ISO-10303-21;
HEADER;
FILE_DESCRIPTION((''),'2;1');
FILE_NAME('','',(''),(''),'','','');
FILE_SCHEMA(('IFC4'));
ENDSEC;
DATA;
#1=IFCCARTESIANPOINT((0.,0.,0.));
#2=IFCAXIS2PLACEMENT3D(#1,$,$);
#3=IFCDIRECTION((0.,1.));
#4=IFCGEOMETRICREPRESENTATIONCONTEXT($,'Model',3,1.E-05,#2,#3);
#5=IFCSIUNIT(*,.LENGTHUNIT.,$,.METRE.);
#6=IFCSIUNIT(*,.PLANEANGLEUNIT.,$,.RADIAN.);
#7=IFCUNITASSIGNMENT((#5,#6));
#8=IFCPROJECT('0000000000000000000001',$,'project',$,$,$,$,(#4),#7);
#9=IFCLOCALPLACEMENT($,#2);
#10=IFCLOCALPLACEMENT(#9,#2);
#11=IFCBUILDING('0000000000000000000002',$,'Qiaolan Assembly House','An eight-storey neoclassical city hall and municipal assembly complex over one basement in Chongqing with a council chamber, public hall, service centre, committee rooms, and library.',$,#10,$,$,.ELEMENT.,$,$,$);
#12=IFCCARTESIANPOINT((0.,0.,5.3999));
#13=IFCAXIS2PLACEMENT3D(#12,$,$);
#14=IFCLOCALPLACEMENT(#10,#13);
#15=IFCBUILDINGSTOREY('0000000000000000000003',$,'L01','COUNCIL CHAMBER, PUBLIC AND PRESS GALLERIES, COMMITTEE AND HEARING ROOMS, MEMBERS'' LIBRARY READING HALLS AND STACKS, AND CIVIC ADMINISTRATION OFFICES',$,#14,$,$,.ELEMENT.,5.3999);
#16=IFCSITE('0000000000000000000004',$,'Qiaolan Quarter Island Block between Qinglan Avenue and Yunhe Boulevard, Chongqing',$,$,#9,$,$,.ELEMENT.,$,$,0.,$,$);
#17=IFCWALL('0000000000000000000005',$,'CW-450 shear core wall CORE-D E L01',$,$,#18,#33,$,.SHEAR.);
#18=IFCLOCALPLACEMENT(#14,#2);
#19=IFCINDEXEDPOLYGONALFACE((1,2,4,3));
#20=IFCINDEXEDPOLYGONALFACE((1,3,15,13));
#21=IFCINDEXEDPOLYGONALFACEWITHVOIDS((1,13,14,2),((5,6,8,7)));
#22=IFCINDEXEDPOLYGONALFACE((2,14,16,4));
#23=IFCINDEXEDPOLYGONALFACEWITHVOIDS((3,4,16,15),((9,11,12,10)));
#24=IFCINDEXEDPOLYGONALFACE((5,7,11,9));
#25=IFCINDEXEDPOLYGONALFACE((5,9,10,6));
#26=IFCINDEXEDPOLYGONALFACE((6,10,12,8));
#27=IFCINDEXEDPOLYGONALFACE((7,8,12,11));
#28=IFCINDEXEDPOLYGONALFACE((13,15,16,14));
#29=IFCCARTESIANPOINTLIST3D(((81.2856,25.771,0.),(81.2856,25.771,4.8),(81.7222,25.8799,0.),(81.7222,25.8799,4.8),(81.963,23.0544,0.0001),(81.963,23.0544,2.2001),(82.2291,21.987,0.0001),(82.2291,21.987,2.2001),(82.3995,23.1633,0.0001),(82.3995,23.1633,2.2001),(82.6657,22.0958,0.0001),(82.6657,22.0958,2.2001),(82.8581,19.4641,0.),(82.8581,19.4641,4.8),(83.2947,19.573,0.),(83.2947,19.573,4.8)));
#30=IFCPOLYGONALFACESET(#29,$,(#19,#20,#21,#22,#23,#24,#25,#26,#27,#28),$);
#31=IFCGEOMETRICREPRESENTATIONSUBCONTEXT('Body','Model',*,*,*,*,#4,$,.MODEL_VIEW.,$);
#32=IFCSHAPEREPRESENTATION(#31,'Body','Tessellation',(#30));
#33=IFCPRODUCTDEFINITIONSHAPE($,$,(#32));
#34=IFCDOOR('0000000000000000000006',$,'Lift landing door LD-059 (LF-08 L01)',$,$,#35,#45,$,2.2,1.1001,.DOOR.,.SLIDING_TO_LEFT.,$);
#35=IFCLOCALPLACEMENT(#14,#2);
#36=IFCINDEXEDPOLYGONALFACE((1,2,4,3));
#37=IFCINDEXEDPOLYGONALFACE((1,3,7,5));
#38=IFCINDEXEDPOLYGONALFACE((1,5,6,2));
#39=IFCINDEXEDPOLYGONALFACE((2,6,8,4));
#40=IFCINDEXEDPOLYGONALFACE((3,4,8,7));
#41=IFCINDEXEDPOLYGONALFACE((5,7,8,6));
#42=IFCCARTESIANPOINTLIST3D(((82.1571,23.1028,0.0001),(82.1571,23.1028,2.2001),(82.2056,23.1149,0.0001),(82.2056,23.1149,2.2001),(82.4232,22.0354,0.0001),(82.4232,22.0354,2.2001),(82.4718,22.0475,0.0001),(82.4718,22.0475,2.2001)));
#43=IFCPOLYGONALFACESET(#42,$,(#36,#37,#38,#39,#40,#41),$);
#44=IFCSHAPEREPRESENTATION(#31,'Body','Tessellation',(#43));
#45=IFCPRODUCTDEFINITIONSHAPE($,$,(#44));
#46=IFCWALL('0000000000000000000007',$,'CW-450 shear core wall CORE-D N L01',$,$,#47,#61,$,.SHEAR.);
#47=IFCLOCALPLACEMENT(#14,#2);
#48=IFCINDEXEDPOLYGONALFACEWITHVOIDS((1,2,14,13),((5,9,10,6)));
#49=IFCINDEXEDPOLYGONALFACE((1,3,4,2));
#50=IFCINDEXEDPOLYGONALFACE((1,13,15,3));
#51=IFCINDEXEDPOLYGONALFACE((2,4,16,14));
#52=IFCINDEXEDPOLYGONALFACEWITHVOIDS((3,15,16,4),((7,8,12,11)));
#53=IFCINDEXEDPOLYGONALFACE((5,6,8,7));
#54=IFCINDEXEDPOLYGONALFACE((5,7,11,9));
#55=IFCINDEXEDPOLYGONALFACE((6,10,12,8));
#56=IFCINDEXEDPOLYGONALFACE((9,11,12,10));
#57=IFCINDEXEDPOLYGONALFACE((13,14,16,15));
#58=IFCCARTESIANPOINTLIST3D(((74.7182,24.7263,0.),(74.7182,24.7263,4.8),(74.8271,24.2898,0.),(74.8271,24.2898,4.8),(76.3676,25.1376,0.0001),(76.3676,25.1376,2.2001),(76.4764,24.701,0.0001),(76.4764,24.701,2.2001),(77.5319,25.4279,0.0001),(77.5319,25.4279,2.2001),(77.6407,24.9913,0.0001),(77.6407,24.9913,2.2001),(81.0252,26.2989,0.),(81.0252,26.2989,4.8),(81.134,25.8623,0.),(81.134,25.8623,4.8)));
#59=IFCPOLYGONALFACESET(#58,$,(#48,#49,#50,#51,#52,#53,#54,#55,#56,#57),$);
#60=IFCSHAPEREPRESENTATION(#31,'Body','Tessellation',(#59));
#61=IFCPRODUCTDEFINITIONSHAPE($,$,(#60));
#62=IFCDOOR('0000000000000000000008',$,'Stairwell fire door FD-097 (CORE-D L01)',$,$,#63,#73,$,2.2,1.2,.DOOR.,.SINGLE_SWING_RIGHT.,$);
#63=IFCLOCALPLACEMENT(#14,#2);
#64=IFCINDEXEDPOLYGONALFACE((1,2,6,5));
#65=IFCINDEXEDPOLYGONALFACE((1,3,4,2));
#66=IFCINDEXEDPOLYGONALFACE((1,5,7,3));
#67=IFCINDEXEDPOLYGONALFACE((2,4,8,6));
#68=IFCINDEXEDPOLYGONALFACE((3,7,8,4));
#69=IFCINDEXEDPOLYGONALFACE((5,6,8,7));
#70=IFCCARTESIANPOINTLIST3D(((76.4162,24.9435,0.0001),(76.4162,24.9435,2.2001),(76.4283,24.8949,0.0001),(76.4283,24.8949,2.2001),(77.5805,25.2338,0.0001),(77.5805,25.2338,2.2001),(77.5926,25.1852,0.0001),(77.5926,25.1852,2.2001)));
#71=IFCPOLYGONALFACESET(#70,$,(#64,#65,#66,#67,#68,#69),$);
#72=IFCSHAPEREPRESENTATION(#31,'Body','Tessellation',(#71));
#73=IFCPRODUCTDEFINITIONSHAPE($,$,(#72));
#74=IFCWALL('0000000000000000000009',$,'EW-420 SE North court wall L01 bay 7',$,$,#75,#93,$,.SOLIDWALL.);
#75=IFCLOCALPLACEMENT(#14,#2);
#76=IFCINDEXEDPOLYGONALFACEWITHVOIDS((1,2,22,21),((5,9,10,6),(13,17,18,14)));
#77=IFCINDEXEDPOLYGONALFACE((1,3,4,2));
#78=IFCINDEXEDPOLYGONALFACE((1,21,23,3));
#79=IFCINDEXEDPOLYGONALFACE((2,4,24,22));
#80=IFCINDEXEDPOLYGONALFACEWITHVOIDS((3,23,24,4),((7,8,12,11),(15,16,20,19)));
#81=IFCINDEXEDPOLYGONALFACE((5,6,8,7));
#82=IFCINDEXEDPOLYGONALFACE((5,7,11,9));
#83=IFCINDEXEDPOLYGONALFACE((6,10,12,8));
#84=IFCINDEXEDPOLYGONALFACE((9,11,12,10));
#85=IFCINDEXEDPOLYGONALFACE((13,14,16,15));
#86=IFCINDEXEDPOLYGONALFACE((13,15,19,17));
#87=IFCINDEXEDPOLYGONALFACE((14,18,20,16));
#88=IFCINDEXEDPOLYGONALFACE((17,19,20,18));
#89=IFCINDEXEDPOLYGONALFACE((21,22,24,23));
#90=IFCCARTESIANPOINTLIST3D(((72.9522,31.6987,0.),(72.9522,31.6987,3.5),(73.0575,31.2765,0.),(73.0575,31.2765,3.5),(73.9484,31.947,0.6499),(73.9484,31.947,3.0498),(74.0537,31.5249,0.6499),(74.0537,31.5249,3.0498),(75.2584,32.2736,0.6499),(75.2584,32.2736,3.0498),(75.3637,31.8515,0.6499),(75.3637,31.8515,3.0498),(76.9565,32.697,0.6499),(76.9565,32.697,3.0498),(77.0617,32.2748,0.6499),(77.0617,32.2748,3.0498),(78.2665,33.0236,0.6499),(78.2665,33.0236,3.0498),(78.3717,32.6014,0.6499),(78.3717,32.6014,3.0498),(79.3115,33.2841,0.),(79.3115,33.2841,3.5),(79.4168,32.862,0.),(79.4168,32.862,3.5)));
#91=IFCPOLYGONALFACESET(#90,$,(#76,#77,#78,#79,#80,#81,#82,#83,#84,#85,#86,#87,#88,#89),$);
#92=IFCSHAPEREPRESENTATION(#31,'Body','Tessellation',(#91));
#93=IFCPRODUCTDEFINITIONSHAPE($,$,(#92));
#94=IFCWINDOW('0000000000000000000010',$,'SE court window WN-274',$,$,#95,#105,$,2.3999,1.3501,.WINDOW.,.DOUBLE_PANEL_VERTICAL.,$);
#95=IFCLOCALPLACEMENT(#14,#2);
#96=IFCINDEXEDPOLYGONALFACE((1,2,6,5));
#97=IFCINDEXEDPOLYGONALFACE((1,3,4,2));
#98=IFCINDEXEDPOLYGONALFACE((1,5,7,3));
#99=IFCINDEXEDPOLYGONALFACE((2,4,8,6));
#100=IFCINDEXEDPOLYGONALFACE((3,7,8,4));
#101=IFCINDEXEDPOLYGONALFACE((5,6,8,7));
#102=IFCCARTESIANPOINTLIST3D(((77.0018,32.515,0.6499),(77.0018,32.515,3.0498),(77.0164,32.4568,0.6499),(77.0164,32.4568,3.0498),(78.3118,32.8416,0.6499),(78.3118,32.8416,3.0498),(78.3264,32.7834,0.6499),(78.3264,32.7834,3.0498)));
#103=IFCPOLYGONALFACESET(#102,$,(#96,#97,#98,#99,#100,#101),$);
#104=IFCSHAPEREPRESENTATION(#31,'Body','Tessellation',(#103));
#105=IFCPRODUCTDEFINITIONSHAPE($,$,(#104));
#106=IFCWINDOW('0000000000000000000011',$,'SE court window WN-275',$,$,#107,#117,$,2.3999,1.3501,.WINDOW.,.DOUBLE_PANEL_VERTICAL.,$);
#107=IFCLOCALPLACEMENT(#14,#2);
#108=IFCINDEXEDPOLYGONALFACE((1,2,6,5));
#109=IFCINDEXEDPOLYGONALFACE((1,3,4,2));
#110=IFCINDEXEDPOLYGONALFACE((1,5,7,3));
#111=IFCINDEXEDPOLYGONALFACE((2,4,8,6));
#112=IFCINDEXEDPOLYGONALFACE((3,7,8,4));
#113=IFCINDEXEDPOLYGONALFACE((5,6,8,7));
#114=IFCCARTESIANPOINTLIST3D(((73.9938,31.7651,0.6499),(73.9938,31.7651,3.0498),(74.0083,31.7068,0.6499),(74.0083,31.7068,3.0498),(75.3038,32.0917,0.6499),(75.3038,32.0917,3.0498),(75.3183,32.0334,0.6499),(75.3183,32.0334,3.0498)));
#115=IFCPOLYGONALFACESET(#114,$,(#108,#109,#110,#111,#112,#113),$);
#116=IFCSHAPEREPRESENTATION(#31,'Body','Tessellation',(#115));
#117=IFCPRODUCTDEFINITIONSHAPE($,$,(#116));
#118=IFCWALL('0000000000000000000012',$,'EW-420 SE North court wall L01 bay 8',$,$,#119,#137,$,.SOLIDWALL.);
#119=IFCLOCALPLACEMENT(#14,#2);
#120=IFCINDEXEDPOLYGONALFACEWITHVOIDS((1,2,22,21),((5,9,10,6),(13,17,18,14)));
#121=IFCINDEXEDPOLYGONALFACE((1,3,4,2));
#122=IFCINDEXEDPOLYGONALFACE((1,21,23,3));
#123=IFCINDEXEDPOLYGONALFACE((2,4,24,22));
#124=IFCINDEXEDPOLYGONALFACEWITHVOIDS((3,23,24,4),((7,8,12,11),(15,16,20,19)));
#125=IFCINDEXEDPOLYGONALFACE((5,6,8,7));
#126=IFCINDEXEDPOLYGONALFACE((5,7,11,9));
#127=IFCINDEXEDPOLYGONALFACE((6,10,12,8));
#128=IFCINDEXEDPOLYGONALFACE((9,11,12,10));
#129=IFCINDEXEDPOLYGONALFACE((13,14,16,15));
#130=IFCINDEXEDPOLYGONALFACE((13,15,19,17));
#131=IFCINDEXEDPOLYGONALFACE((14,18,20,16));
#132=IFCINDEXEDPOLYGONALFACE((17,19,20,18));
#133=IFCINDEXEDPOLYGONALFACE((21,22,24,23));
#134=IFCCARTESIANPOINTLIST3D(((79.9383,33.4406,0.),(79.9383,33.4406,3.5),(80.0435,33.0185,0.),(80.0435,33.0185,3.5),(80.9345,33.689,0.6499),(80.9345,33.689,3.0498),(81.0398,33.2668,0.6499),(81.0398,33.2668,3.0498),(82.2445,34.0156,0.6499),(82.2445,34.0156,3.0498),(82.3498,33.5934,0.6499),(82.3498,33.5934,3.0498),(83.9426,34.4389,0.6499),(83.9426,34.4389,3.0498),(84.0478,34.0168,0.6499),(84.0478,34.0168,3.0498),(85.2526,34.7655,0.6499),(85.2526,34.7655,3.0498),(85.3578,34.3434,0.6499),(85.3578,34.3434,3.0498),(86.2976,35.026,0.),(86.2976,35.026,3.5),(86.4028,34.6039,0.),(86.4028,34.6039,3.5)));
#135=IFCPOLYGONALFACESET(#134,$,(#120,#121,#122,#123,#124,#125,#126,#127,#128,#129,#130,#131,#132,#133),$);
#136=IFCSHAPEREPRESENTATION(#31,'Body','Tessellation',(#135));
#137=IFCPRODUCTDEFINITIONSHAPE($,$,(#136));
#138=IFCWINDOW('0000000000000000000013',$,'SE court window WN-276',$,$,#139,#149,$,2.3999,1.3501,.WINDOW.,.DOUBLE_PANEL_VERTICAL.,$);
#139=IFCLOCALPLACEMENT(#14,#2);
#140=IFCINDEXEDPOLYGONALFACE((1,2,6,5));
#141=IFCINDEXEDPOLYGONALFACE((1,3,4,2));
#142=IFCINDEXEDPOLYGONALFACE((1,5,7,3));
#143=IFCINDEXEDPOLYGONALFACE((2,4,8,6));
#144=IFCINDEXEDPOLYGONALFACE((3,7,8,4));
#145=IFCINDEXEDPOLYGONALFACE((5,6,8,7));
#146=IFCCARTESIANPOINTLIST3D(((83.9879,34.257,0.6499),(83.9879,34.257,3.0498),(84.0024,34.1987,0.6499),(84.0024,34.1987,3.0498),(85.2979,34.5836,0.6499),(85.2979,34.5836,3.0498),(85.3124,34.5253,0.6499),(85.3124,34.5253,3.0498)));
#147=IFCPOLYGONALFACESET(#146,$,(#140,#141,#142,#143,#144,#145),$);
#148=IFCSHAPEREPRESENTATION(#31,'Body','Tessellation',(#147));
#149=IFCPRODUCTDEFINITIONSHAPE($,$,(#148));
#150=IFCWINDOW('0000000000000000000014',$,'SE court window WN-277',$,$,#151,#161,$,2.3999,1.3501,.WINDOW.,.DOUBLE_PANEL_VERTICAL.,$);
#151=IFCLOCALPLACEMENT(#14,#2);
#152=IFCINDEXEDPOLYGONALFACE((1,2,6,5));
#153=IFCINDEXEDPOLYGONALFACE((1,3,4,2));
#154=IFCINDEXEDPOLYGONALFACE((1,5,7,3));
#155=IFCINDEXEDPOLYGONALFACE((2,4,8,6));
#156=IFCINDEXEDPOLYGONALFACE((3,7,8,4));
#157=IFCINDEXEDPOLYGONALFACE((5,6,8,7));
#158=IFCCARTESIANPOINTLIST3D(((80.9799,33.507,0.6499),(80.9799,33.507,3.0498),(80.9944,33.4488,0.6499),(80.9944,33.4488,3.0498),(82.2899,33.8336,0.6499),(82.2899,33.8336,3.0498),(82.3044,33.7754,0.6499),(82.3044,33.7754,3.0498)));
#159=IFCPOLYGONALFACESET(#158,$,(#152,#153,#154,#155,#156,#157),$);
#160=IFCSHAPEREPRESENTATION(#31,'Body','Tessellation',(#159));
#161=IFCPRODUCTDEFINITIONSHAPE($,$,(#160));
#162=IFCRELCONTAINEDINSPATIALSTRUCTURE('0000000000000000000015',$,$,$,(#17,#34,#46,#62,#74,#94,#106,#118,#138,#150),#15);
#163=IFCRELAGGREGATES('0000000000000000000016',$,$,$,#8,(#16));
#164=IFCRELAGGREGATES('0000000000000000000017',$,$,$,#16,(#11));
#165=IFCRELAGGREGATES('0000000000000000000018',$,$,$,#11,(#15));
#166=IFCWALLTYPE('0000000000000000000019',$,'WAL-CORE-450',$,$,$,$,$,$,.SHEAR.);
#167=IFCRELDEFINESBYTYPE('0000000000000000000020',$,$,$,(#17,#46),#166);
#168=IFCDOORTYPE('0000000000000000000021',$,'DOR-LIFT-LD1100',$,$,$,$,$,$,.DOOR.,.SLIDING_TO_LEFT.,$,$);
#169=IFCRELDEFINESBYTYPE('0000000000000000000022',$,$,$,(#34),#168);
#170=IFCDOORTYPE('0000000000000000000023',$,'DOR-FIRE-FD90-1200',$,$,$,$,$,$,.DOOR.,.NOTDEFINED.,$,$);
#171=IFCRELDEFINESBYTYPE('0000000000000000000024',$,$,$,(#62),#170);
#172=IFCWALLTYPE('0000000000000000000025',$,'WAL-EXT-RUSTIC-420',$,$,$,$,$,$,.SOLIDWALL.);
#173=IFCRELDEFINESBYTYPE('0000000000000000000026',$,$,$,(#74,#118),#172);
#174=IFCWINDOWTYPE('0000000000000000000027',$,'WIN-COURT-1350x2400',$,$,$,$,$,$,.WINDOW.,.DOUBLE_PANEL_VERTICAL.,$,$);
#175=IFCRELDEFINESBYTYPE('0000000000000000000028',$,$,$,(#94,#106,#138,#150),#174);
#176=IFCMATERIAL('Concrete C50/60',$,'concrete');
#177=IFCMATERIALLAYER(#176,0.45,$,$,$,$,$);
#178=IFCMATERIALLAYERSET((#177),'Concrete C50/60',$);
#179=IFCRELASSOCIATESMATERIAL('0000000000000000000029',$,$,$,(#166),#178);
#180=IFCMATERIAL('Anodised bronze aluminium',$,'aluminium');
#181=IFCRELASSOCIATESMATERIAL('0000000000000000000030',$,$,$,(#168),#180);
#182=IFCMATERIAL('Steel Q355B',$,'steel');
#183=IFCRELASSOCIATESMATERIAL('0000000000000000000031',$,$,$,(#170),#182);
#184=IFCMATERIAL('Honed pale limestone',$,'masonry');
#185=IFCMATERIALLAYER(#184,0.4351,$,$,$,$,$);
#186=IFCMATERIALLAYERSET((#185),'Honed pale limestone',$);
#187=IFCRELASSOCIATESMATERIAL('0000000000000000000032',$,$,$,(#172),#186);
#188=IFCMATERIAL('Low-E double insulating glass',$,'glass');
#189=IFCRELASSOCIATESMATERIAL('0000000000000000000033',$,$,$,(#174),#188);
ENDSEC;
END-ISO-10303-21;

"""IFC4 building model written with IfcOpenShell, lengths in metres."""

from ifc_helpers import new_model, si_unit, direction, frame, frame_2d, origin, place, context, subcontext, project, spatial, rectangle, extrude, material, layer, layer_set, type_object, element, fill, save


model = new_model("IFC4")

# Units and contexts
model_context = context("Model", 3, precision=1e-05, world=origin(), true_north=direction((0.0, 1.0)))
body_context = subcontext(model_context, "Body", "Model", "MODEL_VIEW")
ifc_project = project(units=[si_unit("LENGTHUNIT", "METRE"), si_unit("PLANEANGLEUNIT", "RADIAN")], contexts=[model_context])

# Site, building, storey
site_placement = place(None, origin())
site = spatial("IfcSite", under=ifc_project, at=site_placement, Name="Qiaolan Quarter Island Block between Qinglan Avenue and Yunhe Boulevard, Chongqing", CompositionType="ELEMENT", RefElevation=0.0)
building_placement = place(site_placement, origin())
building = spatial("IfcBuilding", under=site, at=building_placement, Name="Qiaolan Assembly House", Description="An eight-storey neoclassical city hall and municipal assembly complex over one basement in Chongqing with a council chamber, public hall, service centre, committee rooms, and library.", CompositionType="ELEMENT")
storey_placement = place(building_placement, frame((0.0, 0.0, 5.3999)))
storey = spatial("IfcBuildingStorey", under=building, at=storey_placement, Name="L01", Description="COUNCIL CHAMBER, PUBLIC AND PRESS GALLERIES, COMMITTEE AND HEARING ROOMS, MEMBERS' LIBRARY READING HALLS AND STACKS, AND CIVIC ADMINISTRATION OFFICES", CompositionType="ELEMENT", Elevation=5.3999)

# Shared definitions
ifc_material_1 = material(Name="Concrete C50/60", Category="concrete")

# Walls, openings, doors
ifc_layer_1 = layer(ifc_material_1, 0.45)
ifc_layer_set_1 = layer_set([ifc_layer_1], Name="Concrete C50/60")
wall_type_1 = type_object("IfcWallType", Name="WAL-CORE-450", PredefinedType="SHEAR", material=ifc_layer_set_1)
wall_1_placement = place(storey_placement, frame((83.0764, 19.5186, 0.0), z_axis=(0.0, 0.0, 1.0), x_axis=(-0.241926, 0.970295, 0.0)))
wall_1 = element("IfcWall", 1, at=wall_1_placement, inside=storey, type_object=wall_type_1, Name="CW-450 shear core wall CORE-D E L01", PredefinedType="SHEAR", context=body_context, shape_type="SweptSolid", body=[
    extrude(rectangle(XDim=6.5, YDim=0.45, at=frame_2d((3.25, 0.0))), origin(), (0.0, 0.0, 1.0), 4.8),
])
opening_1_placement = place(wall_1_placement, frame((2.6001, 0.0, 0.0)))
opening_1 = element("IfcOpeningElement", 2, at=opening_1_placement, cuts=wall_1, PredefinedType="OPENING", context=body_context, shape_type="SweptSolid", body=[
    extrude(rectangle(XDim=1.1001, YDim=2.2, at=frame_2d((0.55, 1.1001))), frame((0.0, 0.2349, 0.0), z_axis=(0.0, -1.0, 0.0), x_axis=(1.0, 0.0, 0.0)), (0.0, 0.0, 1.0), 0.47),
])
ifc_material_2 = material(Name="Anodised bronze aluminium", Category="aluminium")
door_type_1 = type_object("IfcDoorType", Name="DOR-LIFT-LD1100", OperationType="SLIDING_TO_LEFT", PredefinedType="DOOR", material=ifc_material_2)
door_1_placement = place(opening_1_placement, origin())
door_1 = element("IfcDoor", 3, at=door_1_placement, inside=storey, type_object=door_type_1, Name="Lift landing door LD-059 (LF-08 L01)", OperationType="SLIDING_TO_LEFT", OverallHeight=2.2, OverallWidth=1.1001, PredefinedType="DOOR", context=body_context, shape_type="SweptSolid", body=[
    extrude(rectangle(XDim=1.1001, YDim=2.2, at=frame_2d((0.55, 1.1001))), frame((0.0, 0.0249, 0.0), z_axis=(0.0, -1.0, 0.0), x_axis=(1.0, 0.0, 0.0)), (0.0, 0.0, 1.0), 0.05),
])
fill(opening_1, door_1)
wall_2_placement = place(storey_placement, frame((81.0796, 26.0806, 0.0), z_axis=(0.0, 0.0, 1.0), x_axis=(-0.970295, -0.241926, 0.0)))
wall_2 = element("IfcWall", 4, at=wall_2_placement, inside=storey, type_object=wall_type_1, Name="CW-450 shear core wall CORE-D N L01", PredefinedType="SHEAR", context=body_context, shape_type="SweptSolid", body=[
    extrude(rectangle(XDim=6.5, YDim=0.45, at=frame_2d((3.25, 0.0))), origin(), (0.0, 0.0, 1.0), 4.8),
])
opening_2_placement = place(wall_2_placement, frame((3.6001, 0.0, 0.0)))
opening_2 = element("IfcOpeningElement", 5, at=opening_2_placement, cuts=wall_2, PredefinedType="OPENING", context=body_context, shape_type="SweptSolid", body=[
    extrude(rectangle(XDim=1.2, YDim=2.2, at=frame_2d((0.6001, 1.1001))), frame((0.0, 0.2349, 0.0), z_axis=(0.0, -1.0, 0.0), x_axis=(1.0, 0.0, 0.0)), (0.0, 0.0, 1.0), 0.47),
])
ifc_material_3 = material(Name="Steel Q355B", Category="steel")
door_type_2 = type_object("IfcDoorType", Name="DOR-FIRE-FD90-1200", OperationType="NOTDEFINED", PredefinedType="DOOR", material=ifc_material_3)
door_2_placement = place(opening_2_placement, frame((1.2, 0.0, 0.0), z_axis=(0.0, 0.0, 1.0), x_axis=(-1.0, 0.0, 0.0)))
door_2 = element("IfcDoor", 6, at=door_2_placement, inside=storey, type_object=door_type_2, Name="Stairwell fire door FD-097 (CORE-D L01)", OperationType="SINGLE_SWING_RIGHT", OverallHeight=2.2, OverallWidth=1.2, PredefinedType="DOOR", context=body_context, shape_type="SweptSolid", body=[
    extrude(rectangle(XDim=1.2, YDim=2.2, at=frame_2d((0.6001, 1.1001))), frame((0.0, 0.0249, 0.0), z_axis=(0.0, -1.0, 0.0), x_axis=(1.0, 0.0, 0.0)), (0.0, 0.0, 1.0), 0.05),
])
fill(opening_2, door_2)

# Walls, openings, windows
ifc_material_4 = material(Name="Honed pale limestone", Category="masonry")
ifc_layer_2 = layer(ifc_material_4, 0.4351)
ifc_layer_set_2 = layer_set([ifc_layer_2], Name="Honed pale limestone")
wall_type_2 = type_object("IfcWallType", Name="WAL-EXT-RUSTIC-420", PredefinedType="SOLIDWALL", material=ifc_layer_set_2)
wall_3_placement = place(storey_placement, frame((79.364, 33.073, 0.0), z_axis=(0.0, 0.0, 1.0), x_axis=(-0.9703, -0.241905, 0.0)))
wall_3 = element("IfcWall", 7, at=wall_3_placement, inside=storey, type_object=wall_type_2, Name="EW-420 SE North court wall L01 bay 7", PredefinedType="SOLIDWALL", context=body_context, shape_type="SweptSolid", body=[
    extrude(rectangle(XDim=6.554, YDim=0.4351, at=frame_2d((3.2769, 0.0))), origin(), (0.0, 0.0, 1.0), 3.5),
])
opening_3_placement = place(wall_3_placement, frame((1.0769, 0.0, 0.6499)))
opening_3 = element("IfcOpeningElement", 8, at=opening_3_placement, cuts=wall_3, PredefinedType="OPENING", context=body_context, shape_type="SweptSolid", body=[
    extrude(rectangle(XDim=1.3501, YDim=2.3999, at=frame_2d((0.675, 1.2))), frame((0.0, 0.2275, 0.0), z_axis=(0.0, -1.0, 0.0), x_axis=(1.0, 0.0, 0.0)), (0.0, 0.0, 1.0), 0.4551),
])
opening_4_placement = place(wall_3_placement, frame((4.177, 0.0, 0.6499)))
opening_4 = element("IfcOpeningElement", 9, at=opening_4_placement, cuts=wall_3, PredefinedType="OPENING", context=body_context, shape_type="SweptSolid", body=[
    extrude(rectangle(XDim=1.3501, YDim=2.3999, at=frame_2d((0.675, 1.2))), frame((0.0, 0.2275, 0.0), z_axis=(0.0, -1.0, 0.0), x_axis=(1.0, 0.0, 0.0)), (0.0, 0.0, 1.0), 0.4551),
])
ifc_material_5 = material(Name="Low-E double insulating glass", Category="glass")
window_type = type_object("IfcWindowType", Name="WIN-COURT-1350x2400", PartitioningType="DOUBLE_PANEL_VERTICAL", PredefinedType="WINDOW", material=ifc_material_5)
window_1_placement = place(opening_3_placement, origin())
window_1 = element("IfcWindow", 10, at=window_1_placement, inside=storey, type_object=window_type, Name="SE court window WN-274", OverallHeight=2.3999, OverallWidth=1.3501, PartitioningType="DOUBLE_PANEL_VERTICAL", PredefinedType="WINDOW", context=body_context, shape_type="SweptSolid", body=[
    extrude(rectangle(XDim=1.3501, YDim=2.3999, at=frame_2d((0.675, 1.2))), frame((0.0, 0.03, 0.0), z_axis=(0.0, -1.0, 0.0), x_axis=(1.0, 0.0, 0.0)), (0.0, 0.0, 1.0), 0.0601),
])
fill(opening_3, window_1)
window_2_placement = place(opening_4_placement, origin())
window_2 = element("IfcWindow", 11, at=window_2_placement, inside=storey, type_object=window_type, Name="SE court window WN-275", OverallHeight=2.3999, OverallWidth=1.3501, PartitioningType="DOUBLE_PANEL_VERTICAL", PredefinedType="WINDOW", context=body_context, shape_type="SweptSolid", body=[
    extrude(rectangle(XDim=1.3501, YDim=2.3999, at=frame_2d((0.675, 1.2))), frame((0.0, 0.03, 0.0), z_axis=(0.0, -1.0, 0.0), x_axis=(1.0, 0.0, 0.0)), (0.0, 0.0, 1.0), 0.0601),
])
fill(opening_4, window_2)
wall_4_placement = place(storey_placement, frame((86.3501, 34.8149, 0.0), z_axis=(0.0, 0.0, 1.0), x_axis=(-0.9703, -0.241905, 0.0)))
wall_4 = element("IfcWall", 12, at=wall_4_placement, inside=storey, type_object=wall_type_2, Name="EW-420 SE North court wall L01 bay 8", PredefinedType="SOLIDWALL", context=body_context, shape_type="SweptSolid", body=[
    extrude(rectangle(XDim=6.554, YDim=0.4351, at=frame_2d((3.2769, 0.0))), origin(), (0.0, 0.0, 1.0), 3.5),
])
opening_5_placement = place(wall_4_placement, frame((1.0769, 0.0, 0.6499)))
opening_5 = element("IfcOpeningElement", 13, at=opening_5_placement, cuts=wall_4, PredefinedType="OPENING", context=body_context, shape_type="SweptSolid", body=[
    extrude(rectangle(XDim=1.3501, YDim=2.3999, at=frame_2d((0.675, 1.2))), frame((0.0, 0.2275, 0.0), z_axis=(0.0, -1.0, 0.0), x_axis=(1.0, 0.0, 0.0)), (0.0, 0.0, 1.0), 0.4551),
])
opening_6_placement = place(wall_4_placement, frame((4.177, 0.0, 0.6499)))
opening_6 = element("IfcOpeningElement", 14, at=opening_6_placement, cuts=wall_4, PredefinedType="OPENING", context=body_context, shape_type="SweptSolid", body=[
    extrude(rectangle(XDim=1.3501, YDim=2.3999, at=frame_2d((0.675, 1.2))), frame((0.0, 0.2275, 0.0), z_axis=(0.0, -1.0, 0.0), x_axis=(1.0, 0.0, 0.0)), (0.0, 0.0, 1.0), 0.4551),
])
window_3_placement = place(opening_5_placement, origin())
window_3 = element("IfcWindow", 15, at=window_3_placement, inside=storey, type_object=window_type, Name="SE court window WN-276", OverallHeight=2.3999, OverallWidth=1.3501, PartitioningType="DOUBLE_PANEL_VERTICAL", PredefinedType="WINDOW", context=body_context, shape_type="SweptSolid", body=[
    extrude(rectangle(XDim=1.3501, YDim=2.3999, at=frame_2d((0.675, 1.2))), frame((0.0, 0.03, 0.0), z_axis=(0.0, -1.0, 0.0), x_axis=(1.0, 0.0, 0.0)), (0.0, 0.0, 1.0), 0.0601),
])
fill(opening_5, window_3)
window_4_placement = place(opening_6_placement, origin())
window_4 = element("IfcWindow", 16, at=window_4_placement, inside=storey, type_object=window_type, Name="SE court window WN-277", OverallHeight=2.3999, OverallWidth=1.3501, PartitioningType="DOUBLE_PANEL_VERTICAL", PredefinedType="WINDOW", context=body_context, shape_type="SweptSolid", body=[
    extrude(rectangle(XDim=1.3501, YDim=2.3999, at=frame_2d((0.675, 1.2))), frame((0.0, 0.03, 0.0), z_axis=(0.0, -1.0, 0.0), x_axis=(1.0, 0.0, 0.0)), (0.0, 0.0, 1.0), 0.0601),
])
fill(opening_6, window_4)

save(model, "model.ifc")
